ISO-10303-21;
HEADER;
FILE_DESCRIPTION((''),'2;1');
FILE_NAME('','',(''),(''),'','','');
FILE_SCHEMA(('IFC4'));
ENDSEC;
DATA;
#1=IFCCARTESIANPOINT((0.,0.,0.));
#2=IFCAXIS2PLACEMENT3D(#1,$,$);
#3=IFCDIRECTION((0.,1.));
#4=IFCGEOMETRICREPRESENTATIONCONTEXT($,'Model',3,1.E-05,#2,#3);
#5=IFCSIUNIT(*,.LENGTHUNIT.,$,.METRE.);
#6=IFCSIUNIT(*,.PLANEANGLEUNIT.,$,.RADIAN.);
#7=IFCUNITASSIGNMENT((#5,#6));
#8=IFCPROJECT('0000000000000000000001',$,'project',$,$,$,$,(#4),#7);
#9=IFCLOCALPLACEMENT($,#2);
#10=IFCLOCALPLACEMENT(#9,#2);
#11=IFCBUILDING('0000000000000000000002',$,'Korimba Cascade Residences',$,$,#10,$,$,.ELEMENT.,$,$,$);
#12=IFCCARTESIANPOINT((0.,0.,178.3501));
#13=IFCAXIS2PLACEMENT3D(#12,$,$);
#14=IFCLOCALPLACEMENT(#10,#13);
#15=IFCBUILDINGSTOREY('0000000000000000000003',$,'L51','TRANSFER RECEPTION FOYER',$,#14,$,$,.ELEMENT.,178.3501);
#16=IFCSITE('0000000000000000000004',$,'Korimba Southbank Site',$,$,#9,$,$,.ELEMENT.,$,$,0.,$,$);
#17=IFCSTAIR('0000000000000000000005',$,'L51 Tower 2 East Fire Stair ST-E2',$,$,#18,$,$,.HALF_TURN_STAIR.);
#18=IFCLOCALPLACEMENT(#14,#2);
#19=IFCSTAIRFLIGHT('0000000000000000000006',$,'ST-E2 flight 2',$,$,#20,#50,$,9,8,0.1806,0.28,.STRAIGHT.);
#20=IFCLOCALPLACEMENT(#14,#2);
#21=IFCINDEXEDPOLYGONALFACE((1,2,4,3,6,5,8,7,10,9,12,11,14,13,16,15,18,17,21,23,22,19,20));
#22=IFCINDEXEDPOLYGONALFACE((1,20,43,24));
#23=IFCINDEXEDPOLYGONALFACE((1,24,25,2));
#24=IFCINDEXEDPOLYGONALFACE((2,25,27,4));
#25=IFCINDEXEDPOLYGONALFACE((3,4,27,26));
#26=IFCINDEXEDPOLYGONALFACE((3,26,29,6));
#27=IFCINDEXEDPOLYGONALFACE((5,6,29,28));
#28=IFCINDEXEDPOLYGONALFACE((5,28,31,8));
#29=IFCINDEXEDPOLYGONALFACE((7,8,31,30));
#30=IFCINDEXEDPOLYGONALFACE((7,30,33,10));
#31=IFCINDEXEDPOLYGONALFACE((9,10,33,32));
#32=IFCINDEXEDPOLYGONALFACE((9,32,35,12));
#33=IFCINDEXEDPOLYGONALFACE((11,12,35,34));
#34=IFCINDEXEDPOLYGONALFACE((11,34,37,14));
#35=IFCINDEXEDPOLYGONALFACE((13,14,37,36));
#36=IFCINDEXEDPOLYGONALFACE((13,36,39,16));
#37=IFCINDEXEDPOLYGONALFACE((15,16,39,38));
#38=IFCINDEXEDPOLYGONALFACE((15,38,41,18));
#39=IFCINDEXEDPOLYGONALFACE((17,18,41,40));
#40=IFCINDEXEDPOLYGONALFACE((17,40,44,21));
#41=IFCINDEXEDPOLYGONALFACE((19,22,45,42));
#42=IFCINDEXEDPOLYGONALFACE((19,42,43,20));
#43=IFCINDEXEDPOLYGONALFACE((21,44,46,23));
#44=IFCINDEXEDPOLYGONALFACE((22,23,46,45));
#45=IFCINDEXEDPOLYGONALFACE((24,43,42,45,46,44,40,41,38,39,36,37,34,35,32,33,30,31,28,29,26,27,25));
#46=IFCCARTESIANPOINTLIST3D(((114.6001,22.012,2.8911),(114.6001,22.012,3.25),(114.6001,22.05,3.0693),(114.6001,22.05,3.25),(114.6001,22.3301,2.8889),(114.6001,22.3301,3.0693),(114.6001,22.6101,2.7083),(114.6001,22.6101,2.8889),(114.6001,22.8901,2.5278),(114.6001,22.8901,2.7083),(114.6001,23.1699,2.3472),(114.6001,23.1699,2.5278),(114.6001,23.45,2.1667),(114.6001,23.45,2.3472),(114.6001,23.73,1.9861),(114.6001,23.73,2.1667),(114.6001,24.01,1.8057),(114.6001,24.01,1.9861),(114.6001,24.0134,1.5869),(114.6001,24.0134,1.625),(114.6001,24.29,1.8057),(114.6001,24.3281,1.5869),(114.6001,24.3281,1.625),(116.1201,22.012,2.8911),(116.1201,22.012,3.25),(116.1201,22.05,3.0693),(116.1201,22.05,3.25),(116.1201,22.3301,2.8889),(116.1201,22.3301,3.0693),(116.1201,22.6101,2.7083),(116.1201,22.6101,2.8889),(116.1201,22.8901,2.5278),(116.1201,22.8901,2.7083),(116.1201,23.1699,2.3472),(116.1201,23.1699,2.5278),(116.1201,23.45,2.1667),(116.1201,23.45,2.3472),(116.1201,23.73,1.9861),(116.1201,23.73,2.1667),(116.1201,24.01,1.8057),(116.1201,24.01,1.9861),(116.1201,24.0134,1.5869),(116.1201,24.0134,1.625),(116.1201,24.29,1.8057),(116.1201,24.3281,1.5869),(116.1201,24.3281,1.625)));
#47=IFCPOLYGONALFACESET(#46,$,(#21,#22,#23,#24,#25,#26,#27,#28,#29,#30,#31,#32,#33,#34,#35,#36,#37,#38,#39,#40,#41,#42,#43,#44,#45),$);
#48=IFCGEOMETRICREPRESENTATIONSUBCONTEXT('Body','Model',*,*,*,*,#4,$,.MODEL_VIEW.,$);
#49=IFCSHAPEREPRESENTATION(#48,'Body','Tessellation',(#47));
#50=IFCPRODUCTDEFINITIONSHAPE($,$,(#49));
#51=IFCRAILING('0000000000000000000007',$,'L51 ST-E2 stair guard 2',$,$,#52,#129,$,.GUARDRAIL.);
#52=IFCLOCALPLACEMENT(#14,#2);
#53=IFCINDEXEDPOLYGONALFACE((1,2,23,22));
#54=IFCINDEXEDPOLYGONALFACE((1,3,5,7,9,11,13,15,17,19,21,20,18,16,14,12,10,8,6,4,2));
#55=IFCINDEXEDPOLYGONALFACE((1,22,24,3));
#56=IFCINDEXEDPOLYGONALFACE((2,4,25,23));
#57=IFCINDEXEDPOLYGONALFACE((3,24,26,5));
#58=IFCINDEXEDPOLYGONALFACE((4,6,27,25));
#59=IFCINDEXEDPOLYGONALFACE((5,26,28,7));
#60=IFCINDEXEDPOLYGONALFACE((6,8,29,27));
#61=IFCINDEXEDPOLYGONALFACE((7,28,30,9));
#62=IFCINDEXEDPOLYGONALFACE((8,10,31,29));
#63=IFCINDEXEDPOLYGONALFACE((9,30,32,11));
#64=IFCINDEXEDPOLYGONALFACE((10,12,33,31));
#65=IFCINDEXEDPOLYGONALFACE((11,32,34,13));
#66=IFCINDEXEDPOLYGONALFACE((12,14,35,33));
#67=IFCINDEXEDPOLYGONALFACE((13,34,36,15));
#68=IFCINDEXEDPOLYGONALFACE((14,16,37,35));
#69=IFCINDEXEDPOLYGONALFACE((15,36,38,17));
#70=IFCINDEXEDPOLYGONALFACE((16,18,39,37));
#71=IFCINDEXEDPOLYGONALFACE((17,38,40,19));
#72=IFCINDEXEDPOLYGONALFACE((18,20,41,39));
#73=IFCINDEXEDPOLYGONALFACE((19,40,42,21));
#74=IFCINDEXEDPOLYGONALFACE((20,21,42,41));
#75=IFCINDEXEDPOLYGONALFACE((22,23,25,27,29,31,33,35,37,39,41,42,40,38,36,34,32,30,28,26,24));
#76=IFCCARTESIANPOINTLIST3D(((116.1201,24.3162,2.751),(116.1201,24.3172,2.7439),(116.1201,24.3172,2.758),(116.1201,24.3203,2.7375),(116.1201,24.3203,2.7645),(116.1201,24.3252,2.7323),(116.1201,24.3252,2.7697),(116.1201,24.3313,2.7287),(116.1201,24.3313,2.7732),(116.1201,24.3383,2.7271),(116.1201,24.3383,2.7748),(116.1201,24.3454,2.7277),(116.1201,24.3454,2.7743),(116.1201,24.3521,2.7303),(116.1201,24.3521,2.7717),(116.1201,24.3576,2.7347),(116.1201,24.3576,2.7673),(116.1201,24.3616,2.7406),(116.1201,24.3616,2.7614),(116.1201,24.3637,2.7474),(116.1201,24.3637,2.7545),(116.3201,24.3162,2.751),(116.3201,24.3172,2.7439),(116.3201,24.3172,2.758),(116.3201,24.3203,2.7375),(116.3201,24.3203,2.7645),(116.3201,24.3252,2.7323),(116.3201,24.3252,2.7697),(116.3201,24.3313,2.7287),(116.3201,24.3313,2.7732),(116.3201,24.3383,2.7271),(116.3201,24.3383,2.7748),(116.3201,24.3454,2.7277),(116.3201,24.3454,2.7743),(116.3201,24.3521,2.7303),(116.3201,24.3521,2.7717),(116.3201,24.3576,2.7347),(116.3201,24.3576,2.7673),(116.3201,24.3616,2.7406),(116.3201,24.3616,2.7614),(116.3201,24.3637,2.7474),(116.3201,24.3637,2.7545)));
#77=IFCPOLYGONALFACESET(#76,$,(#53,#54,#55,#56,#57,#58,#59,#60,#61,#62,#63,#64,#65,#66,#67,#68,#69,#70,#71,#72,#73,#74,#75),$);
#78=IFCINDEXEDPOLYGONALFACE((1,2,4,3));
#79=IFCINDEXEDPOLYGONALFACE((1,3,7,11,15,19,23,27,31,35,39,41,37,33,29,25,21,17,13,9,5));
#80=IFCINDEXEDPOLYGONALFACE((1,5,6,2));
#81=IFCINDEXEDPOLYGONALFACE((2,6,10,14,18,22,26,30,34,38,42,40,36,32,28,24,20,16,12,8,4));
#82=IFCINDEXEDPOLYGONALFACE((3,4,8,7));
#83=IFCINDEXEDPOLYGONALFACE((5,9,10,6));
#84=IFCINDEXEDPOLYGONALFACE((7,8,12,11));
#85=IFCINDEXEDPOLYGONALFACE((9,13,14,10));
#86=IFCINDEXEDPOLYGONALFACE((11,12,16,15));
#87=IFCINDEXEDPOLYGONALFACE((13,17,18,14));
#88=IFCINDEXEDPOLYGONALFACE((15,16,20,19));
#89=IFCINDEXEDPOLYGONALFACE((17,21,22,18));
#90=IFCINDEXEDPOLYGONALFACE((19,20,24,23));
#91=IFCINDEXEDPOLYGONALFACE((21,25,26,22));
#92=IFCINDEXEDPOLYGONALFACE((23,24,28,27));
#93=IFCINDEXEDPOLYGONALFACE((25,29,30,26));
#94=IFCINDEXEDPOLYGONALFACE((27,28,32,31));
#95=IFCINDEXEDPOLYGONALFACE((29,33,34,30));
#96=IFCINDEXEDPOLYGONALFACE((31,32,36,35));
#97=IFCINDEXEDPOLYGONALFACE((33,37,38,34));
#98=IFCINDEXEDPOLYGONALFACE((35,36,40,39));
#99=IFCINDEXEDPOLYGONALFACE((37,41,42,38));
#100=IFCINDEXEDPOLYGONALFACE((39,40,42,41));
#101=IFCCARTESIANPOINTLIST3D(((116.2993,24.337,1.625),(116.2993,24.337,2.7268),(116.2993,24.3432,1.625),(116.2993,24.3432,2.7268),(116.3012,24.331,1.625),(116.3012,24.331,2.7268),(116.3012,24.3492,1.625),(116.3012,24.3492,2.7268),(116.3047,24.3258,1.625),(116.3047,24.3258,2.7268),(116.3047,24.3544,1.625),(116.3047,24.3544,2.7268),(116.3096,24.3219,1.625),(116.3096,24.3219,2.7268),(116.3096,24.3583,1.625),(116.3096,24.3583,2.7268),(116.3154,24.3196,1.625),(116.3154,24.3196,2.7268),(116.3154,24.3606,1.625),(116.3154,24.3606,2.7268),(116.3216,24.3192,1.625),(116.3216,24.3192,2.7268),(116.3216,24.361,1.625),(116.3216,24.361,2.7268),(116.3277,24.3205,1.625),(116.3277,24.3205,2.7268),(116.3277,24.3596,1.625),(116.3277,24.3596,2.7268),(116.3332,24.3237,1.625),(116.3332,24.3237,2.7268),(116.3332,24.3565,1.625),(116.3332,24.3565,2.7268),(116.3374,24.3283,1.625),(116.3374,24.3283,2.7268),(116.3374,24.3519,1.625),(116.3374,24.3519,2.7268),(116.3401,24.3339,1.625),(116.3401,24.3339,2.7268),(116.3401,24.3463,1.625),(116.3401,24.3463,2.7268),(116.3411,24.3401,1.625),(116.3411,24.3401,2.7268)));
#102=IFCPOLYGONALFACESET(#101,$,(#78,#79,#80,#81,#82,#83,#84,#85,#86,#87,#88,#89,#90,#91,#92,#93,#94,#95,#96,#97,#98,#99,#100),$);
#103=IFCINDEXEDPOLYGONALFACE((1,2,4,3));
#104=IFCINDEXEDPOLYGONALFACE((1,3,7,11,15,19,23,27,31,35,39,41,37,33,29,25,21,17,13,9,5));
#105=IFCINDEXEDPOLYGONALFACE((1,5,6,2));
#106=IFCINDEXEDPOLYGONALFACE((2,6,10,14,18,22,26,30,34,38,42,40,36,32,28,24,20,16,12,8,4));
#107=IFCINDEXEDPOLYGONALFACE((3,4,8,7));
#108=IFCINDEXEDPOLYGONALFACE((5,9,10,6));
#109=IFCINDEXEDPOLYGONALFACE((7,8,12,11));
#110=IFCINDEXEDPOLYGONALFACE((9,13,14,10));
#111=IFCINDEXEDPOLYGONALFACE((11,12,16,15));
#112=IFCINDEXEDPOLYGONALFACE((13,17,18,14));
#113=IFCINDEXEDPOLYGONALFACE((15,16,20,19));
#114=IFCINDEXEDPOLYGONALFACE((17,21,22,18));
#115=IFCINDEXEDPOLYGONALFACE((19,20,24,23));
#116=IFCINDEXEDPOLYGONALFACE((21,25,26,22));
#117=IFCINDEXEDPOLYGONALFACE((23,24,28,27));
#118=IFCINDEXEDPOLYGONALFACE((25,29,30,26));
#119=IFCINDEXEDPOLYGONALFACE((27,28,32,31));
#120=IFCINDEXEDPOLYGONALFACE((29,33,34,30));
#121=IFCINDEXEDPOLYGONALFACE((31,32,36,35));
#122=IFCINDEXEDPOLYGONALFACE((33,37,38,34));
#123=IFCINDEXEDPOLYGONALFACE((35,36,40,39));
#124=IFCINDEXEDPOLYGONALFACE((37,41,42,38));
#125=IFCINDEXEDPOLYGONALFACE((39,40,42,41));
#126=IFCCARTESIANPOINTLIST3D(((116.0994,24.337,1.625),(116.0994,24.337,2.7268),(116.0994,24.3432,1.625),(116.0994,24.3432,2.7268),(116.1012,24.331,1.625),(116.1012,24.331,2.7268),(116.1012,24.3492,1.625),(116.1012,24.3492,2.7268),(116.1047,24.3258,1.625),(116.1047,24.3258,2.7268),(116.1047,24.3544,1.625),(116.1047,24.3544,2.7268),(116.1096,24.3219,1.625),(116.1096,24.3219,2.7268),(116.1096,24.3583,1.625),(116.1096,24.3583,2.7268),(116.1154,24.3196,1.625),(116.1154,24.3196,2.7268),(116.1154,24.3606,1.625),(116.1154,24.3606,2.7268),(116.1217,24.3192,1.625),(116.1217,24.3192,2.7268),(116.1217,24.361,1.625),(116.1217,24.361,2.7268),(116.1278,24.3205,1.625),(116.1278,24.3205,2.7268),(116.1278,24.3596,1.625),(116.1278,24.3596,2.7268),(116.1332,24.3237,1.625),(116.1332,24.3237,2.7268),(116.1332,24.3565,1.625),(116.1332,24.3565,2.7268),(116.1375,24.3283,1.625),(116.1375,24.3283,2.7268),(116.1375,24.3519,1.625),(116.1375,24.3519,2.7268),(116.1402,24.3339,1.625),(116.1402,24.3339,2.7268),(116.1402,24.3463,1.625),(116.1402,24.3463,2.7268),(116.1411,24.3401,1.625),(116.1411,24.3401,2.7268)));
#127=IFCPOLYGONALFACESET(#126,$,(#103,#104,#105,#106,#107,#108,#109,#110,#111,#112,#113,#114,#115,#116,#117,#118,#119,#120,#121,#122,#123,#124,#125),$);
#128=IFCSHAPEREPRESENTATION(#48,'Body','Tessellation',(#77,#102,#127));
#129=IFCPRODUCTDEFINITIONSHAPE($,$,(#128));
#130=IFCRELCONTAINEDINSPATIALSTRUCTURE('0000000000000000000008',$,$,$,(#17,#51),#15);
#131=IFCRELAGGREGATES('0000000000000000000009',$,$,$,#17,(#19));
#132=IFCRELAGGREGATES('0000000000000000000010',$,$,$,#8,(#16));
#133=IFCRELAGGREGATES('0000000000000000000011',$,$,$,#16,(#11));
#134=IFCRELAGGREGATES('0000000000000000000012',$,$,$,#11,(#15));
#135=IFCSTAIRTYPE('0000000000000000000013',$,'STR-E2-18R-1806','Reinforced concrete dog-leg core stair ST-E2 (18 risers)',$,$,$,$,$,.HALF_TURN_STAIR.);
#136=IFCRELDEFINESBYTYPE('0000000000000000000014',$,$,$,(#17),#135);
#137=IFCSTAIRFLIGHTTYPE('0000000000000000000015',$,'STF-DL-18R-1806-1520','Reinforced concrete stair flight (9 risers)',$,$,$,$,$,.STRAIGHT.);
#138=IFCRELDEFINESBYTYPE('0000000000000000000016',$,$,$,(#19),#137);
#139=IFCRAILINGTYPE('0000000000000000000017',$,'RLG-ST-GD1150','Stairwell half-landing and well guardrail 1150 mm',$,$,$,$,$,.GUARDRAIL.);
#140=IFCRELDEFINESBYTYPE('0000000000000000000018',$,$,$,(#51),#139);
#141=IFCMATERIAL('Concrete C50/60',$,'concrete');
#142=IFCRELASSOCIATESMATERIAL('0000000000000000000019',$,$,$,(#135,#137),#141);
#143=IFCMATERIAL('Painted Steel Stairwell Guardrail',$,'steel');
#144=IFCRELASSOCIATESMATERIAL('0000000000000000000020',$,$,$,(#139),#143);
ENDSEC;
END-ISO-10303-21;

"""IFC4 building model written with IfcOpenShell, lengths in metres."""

from ifc_helpers import new_model, si_unit, direction, frame, origin, origin_2d, place, context, subcontext, project, spatial, polyline, circle, outline, extrude, material, type_object, element, aggregate, save


model = new_model("IFC4")

# Units and contexts
model_context = context("Model", 3, precision=1e-05, world=origin(), true_north=direction((0.0, 1.0)))
body_context = subcontext(model_context, "Body", "Model", "MODEL_VIEW")
ifc_project = project(units=[si_unit("LENGTHUNIT", "METRE"), si_unit("PLANEANGLEUNIT", "RADIAN")], contexts=[model_context])

# Site, building, storey
site_placement = place(None, origin())
site = spatial("IfcSite", under=ifc_project, at=site_placement, Name="Korimba Southbank Site", CompositionType="ELEMENT", RefElevation=0.0)
building_placement = place(site_placement, origin())
building = spatial("IfcBuilding", under=site, at=building_placement, Name="Korimba Cascade Residences", CompositionType="ELEMENT")
storey_placement = place(building_placement, frame((0.0, 0.0, 178.3501)))
storey = spatial("IfcBuildingStorey", under=building, at=storey_placement, Name="L51", Description="TRANSFER RECEPTION FOYER", CompositionType="ELEMENT", Elevation=178.3501)

# Shared definitions
ifc_material_1 = material(Name="Concrete C50/60", Category="concrete")

# Stair, stair flight
stair_type = type_object("IfcStairType", Name="STR-E2-18R-1806", Description="Reinforced concrete dog-leg core stair ST-E2 (18 risers)", PredefinedType="HALF_TURN_STAIR", material=ifc_material_1)
stair_placement = place(storey_placement, origin())
stair = element("IfcStair", 1, at=stair_placement, inside=storey, type_object=stair_type, Name="L51 Tower 2 East Fire Stair ST-E2", PredefinedType="HALF_TURN_STAIR")
stair_flight_type = type_object("IfcStairFlightType", Name="STF-DL-18R-1806-1520", Description="Reinforced concrete stair flight (9 risers)", PredefinedType="STRAIGHT", material=ifc_material_1)
stair_flight_placement = place(storey_placement, frame((115.3601, 24.29, 1.625), z_axis=(0.0, 0.0, 1.0), x_axis=(0.0, -1.0, 0.0)))
stair_flight = element("IfcStairFlight", 2, at=stair_flight_placement, type_object=stair_flight_type, Name="ST-E2 flight 2", NumberOfRisers=9, NumberOfTreads=8, PredefinedType="STRAIGHT", RiserHeight=0.1806, TreadLength=0.28, context=body_context, shape_type="SweptSolid", body=[
    extrude(outline(polyline([(-0.0381, 0.0), (0.0, 0.1807), (0.28, 0.1807), (0.28, 0.3611), (0.5601, 0.3611), (0.5601, 0.5417), (0.8401, 0.5417), (0.8401, 0.7222), (1.1201, 0.7222), (1.1201, 0.9028), (1.3999, 0.9028), (1.3999, 1.0833), (1.6799, 1.0833), (1.6799, 1.2639), (1.96, 1.2639), (1.96, 1.4443), (2.24, 1.4443), (2.24, 1.625), (2.2781, 1.625), (2.2781, 1.2661), (0.2766, 0.0), (0.2766, -0.0381), (-0.0381, -0.0381), (-0.0381, 0.0)])), frame((0.0, 0.76, 0.0), z_axis=(0.0, -1.0, 0.0), x_axis=(1.0, 0.0, 0.0)), (0.0, 0.0, 1.0), 1.52),
])
aggregate(stair, [stair_flight])

# Railing
ifc_material_2 = material(Name="Painted Steel Stairwell Guardrail", Category="steel")
railing_type = type_object("IfcRailingType", Name="RLG-ST-GD1150", Description="Stairwell half-landing and well guardrail 1150 mm", PredefinedType="GUARDRAIL", material=ifc_material_2)
railing_1_placement = place(storey_placement, frame((116.3201, 24.3401, 1.625)))
element("IfcRailing", 3, at=railing_1_placement, inside=storey, type_object=railing_type, Name="L51 ST-E2 stair guard 2", PredefinedType="GUARDRAIL", context=body_context, shape_type="SweptSolid", body=[
    extrude(circle(Radius=0.0239, at=origin_2d()), frame((0.0, 0.0, 1.126), z_axis=(-1.0, 0.0, 0.0), x_axis=(0.0, -1.0, 0.0)), (0.0, 0.0, 1.0), 0.2),
    extrude(circle(Radius=0.021, at=origin_2d()), origin(), (0.0, 0.0, 1.0), 1.1018),
    extrude(circle(Radius=0.021, at=origin_2d()), frame((-0.2, 0.0, 0.0)), (0.0, 0.0, 1.0), 1.1018),
])

save(model, "model.ifc")
